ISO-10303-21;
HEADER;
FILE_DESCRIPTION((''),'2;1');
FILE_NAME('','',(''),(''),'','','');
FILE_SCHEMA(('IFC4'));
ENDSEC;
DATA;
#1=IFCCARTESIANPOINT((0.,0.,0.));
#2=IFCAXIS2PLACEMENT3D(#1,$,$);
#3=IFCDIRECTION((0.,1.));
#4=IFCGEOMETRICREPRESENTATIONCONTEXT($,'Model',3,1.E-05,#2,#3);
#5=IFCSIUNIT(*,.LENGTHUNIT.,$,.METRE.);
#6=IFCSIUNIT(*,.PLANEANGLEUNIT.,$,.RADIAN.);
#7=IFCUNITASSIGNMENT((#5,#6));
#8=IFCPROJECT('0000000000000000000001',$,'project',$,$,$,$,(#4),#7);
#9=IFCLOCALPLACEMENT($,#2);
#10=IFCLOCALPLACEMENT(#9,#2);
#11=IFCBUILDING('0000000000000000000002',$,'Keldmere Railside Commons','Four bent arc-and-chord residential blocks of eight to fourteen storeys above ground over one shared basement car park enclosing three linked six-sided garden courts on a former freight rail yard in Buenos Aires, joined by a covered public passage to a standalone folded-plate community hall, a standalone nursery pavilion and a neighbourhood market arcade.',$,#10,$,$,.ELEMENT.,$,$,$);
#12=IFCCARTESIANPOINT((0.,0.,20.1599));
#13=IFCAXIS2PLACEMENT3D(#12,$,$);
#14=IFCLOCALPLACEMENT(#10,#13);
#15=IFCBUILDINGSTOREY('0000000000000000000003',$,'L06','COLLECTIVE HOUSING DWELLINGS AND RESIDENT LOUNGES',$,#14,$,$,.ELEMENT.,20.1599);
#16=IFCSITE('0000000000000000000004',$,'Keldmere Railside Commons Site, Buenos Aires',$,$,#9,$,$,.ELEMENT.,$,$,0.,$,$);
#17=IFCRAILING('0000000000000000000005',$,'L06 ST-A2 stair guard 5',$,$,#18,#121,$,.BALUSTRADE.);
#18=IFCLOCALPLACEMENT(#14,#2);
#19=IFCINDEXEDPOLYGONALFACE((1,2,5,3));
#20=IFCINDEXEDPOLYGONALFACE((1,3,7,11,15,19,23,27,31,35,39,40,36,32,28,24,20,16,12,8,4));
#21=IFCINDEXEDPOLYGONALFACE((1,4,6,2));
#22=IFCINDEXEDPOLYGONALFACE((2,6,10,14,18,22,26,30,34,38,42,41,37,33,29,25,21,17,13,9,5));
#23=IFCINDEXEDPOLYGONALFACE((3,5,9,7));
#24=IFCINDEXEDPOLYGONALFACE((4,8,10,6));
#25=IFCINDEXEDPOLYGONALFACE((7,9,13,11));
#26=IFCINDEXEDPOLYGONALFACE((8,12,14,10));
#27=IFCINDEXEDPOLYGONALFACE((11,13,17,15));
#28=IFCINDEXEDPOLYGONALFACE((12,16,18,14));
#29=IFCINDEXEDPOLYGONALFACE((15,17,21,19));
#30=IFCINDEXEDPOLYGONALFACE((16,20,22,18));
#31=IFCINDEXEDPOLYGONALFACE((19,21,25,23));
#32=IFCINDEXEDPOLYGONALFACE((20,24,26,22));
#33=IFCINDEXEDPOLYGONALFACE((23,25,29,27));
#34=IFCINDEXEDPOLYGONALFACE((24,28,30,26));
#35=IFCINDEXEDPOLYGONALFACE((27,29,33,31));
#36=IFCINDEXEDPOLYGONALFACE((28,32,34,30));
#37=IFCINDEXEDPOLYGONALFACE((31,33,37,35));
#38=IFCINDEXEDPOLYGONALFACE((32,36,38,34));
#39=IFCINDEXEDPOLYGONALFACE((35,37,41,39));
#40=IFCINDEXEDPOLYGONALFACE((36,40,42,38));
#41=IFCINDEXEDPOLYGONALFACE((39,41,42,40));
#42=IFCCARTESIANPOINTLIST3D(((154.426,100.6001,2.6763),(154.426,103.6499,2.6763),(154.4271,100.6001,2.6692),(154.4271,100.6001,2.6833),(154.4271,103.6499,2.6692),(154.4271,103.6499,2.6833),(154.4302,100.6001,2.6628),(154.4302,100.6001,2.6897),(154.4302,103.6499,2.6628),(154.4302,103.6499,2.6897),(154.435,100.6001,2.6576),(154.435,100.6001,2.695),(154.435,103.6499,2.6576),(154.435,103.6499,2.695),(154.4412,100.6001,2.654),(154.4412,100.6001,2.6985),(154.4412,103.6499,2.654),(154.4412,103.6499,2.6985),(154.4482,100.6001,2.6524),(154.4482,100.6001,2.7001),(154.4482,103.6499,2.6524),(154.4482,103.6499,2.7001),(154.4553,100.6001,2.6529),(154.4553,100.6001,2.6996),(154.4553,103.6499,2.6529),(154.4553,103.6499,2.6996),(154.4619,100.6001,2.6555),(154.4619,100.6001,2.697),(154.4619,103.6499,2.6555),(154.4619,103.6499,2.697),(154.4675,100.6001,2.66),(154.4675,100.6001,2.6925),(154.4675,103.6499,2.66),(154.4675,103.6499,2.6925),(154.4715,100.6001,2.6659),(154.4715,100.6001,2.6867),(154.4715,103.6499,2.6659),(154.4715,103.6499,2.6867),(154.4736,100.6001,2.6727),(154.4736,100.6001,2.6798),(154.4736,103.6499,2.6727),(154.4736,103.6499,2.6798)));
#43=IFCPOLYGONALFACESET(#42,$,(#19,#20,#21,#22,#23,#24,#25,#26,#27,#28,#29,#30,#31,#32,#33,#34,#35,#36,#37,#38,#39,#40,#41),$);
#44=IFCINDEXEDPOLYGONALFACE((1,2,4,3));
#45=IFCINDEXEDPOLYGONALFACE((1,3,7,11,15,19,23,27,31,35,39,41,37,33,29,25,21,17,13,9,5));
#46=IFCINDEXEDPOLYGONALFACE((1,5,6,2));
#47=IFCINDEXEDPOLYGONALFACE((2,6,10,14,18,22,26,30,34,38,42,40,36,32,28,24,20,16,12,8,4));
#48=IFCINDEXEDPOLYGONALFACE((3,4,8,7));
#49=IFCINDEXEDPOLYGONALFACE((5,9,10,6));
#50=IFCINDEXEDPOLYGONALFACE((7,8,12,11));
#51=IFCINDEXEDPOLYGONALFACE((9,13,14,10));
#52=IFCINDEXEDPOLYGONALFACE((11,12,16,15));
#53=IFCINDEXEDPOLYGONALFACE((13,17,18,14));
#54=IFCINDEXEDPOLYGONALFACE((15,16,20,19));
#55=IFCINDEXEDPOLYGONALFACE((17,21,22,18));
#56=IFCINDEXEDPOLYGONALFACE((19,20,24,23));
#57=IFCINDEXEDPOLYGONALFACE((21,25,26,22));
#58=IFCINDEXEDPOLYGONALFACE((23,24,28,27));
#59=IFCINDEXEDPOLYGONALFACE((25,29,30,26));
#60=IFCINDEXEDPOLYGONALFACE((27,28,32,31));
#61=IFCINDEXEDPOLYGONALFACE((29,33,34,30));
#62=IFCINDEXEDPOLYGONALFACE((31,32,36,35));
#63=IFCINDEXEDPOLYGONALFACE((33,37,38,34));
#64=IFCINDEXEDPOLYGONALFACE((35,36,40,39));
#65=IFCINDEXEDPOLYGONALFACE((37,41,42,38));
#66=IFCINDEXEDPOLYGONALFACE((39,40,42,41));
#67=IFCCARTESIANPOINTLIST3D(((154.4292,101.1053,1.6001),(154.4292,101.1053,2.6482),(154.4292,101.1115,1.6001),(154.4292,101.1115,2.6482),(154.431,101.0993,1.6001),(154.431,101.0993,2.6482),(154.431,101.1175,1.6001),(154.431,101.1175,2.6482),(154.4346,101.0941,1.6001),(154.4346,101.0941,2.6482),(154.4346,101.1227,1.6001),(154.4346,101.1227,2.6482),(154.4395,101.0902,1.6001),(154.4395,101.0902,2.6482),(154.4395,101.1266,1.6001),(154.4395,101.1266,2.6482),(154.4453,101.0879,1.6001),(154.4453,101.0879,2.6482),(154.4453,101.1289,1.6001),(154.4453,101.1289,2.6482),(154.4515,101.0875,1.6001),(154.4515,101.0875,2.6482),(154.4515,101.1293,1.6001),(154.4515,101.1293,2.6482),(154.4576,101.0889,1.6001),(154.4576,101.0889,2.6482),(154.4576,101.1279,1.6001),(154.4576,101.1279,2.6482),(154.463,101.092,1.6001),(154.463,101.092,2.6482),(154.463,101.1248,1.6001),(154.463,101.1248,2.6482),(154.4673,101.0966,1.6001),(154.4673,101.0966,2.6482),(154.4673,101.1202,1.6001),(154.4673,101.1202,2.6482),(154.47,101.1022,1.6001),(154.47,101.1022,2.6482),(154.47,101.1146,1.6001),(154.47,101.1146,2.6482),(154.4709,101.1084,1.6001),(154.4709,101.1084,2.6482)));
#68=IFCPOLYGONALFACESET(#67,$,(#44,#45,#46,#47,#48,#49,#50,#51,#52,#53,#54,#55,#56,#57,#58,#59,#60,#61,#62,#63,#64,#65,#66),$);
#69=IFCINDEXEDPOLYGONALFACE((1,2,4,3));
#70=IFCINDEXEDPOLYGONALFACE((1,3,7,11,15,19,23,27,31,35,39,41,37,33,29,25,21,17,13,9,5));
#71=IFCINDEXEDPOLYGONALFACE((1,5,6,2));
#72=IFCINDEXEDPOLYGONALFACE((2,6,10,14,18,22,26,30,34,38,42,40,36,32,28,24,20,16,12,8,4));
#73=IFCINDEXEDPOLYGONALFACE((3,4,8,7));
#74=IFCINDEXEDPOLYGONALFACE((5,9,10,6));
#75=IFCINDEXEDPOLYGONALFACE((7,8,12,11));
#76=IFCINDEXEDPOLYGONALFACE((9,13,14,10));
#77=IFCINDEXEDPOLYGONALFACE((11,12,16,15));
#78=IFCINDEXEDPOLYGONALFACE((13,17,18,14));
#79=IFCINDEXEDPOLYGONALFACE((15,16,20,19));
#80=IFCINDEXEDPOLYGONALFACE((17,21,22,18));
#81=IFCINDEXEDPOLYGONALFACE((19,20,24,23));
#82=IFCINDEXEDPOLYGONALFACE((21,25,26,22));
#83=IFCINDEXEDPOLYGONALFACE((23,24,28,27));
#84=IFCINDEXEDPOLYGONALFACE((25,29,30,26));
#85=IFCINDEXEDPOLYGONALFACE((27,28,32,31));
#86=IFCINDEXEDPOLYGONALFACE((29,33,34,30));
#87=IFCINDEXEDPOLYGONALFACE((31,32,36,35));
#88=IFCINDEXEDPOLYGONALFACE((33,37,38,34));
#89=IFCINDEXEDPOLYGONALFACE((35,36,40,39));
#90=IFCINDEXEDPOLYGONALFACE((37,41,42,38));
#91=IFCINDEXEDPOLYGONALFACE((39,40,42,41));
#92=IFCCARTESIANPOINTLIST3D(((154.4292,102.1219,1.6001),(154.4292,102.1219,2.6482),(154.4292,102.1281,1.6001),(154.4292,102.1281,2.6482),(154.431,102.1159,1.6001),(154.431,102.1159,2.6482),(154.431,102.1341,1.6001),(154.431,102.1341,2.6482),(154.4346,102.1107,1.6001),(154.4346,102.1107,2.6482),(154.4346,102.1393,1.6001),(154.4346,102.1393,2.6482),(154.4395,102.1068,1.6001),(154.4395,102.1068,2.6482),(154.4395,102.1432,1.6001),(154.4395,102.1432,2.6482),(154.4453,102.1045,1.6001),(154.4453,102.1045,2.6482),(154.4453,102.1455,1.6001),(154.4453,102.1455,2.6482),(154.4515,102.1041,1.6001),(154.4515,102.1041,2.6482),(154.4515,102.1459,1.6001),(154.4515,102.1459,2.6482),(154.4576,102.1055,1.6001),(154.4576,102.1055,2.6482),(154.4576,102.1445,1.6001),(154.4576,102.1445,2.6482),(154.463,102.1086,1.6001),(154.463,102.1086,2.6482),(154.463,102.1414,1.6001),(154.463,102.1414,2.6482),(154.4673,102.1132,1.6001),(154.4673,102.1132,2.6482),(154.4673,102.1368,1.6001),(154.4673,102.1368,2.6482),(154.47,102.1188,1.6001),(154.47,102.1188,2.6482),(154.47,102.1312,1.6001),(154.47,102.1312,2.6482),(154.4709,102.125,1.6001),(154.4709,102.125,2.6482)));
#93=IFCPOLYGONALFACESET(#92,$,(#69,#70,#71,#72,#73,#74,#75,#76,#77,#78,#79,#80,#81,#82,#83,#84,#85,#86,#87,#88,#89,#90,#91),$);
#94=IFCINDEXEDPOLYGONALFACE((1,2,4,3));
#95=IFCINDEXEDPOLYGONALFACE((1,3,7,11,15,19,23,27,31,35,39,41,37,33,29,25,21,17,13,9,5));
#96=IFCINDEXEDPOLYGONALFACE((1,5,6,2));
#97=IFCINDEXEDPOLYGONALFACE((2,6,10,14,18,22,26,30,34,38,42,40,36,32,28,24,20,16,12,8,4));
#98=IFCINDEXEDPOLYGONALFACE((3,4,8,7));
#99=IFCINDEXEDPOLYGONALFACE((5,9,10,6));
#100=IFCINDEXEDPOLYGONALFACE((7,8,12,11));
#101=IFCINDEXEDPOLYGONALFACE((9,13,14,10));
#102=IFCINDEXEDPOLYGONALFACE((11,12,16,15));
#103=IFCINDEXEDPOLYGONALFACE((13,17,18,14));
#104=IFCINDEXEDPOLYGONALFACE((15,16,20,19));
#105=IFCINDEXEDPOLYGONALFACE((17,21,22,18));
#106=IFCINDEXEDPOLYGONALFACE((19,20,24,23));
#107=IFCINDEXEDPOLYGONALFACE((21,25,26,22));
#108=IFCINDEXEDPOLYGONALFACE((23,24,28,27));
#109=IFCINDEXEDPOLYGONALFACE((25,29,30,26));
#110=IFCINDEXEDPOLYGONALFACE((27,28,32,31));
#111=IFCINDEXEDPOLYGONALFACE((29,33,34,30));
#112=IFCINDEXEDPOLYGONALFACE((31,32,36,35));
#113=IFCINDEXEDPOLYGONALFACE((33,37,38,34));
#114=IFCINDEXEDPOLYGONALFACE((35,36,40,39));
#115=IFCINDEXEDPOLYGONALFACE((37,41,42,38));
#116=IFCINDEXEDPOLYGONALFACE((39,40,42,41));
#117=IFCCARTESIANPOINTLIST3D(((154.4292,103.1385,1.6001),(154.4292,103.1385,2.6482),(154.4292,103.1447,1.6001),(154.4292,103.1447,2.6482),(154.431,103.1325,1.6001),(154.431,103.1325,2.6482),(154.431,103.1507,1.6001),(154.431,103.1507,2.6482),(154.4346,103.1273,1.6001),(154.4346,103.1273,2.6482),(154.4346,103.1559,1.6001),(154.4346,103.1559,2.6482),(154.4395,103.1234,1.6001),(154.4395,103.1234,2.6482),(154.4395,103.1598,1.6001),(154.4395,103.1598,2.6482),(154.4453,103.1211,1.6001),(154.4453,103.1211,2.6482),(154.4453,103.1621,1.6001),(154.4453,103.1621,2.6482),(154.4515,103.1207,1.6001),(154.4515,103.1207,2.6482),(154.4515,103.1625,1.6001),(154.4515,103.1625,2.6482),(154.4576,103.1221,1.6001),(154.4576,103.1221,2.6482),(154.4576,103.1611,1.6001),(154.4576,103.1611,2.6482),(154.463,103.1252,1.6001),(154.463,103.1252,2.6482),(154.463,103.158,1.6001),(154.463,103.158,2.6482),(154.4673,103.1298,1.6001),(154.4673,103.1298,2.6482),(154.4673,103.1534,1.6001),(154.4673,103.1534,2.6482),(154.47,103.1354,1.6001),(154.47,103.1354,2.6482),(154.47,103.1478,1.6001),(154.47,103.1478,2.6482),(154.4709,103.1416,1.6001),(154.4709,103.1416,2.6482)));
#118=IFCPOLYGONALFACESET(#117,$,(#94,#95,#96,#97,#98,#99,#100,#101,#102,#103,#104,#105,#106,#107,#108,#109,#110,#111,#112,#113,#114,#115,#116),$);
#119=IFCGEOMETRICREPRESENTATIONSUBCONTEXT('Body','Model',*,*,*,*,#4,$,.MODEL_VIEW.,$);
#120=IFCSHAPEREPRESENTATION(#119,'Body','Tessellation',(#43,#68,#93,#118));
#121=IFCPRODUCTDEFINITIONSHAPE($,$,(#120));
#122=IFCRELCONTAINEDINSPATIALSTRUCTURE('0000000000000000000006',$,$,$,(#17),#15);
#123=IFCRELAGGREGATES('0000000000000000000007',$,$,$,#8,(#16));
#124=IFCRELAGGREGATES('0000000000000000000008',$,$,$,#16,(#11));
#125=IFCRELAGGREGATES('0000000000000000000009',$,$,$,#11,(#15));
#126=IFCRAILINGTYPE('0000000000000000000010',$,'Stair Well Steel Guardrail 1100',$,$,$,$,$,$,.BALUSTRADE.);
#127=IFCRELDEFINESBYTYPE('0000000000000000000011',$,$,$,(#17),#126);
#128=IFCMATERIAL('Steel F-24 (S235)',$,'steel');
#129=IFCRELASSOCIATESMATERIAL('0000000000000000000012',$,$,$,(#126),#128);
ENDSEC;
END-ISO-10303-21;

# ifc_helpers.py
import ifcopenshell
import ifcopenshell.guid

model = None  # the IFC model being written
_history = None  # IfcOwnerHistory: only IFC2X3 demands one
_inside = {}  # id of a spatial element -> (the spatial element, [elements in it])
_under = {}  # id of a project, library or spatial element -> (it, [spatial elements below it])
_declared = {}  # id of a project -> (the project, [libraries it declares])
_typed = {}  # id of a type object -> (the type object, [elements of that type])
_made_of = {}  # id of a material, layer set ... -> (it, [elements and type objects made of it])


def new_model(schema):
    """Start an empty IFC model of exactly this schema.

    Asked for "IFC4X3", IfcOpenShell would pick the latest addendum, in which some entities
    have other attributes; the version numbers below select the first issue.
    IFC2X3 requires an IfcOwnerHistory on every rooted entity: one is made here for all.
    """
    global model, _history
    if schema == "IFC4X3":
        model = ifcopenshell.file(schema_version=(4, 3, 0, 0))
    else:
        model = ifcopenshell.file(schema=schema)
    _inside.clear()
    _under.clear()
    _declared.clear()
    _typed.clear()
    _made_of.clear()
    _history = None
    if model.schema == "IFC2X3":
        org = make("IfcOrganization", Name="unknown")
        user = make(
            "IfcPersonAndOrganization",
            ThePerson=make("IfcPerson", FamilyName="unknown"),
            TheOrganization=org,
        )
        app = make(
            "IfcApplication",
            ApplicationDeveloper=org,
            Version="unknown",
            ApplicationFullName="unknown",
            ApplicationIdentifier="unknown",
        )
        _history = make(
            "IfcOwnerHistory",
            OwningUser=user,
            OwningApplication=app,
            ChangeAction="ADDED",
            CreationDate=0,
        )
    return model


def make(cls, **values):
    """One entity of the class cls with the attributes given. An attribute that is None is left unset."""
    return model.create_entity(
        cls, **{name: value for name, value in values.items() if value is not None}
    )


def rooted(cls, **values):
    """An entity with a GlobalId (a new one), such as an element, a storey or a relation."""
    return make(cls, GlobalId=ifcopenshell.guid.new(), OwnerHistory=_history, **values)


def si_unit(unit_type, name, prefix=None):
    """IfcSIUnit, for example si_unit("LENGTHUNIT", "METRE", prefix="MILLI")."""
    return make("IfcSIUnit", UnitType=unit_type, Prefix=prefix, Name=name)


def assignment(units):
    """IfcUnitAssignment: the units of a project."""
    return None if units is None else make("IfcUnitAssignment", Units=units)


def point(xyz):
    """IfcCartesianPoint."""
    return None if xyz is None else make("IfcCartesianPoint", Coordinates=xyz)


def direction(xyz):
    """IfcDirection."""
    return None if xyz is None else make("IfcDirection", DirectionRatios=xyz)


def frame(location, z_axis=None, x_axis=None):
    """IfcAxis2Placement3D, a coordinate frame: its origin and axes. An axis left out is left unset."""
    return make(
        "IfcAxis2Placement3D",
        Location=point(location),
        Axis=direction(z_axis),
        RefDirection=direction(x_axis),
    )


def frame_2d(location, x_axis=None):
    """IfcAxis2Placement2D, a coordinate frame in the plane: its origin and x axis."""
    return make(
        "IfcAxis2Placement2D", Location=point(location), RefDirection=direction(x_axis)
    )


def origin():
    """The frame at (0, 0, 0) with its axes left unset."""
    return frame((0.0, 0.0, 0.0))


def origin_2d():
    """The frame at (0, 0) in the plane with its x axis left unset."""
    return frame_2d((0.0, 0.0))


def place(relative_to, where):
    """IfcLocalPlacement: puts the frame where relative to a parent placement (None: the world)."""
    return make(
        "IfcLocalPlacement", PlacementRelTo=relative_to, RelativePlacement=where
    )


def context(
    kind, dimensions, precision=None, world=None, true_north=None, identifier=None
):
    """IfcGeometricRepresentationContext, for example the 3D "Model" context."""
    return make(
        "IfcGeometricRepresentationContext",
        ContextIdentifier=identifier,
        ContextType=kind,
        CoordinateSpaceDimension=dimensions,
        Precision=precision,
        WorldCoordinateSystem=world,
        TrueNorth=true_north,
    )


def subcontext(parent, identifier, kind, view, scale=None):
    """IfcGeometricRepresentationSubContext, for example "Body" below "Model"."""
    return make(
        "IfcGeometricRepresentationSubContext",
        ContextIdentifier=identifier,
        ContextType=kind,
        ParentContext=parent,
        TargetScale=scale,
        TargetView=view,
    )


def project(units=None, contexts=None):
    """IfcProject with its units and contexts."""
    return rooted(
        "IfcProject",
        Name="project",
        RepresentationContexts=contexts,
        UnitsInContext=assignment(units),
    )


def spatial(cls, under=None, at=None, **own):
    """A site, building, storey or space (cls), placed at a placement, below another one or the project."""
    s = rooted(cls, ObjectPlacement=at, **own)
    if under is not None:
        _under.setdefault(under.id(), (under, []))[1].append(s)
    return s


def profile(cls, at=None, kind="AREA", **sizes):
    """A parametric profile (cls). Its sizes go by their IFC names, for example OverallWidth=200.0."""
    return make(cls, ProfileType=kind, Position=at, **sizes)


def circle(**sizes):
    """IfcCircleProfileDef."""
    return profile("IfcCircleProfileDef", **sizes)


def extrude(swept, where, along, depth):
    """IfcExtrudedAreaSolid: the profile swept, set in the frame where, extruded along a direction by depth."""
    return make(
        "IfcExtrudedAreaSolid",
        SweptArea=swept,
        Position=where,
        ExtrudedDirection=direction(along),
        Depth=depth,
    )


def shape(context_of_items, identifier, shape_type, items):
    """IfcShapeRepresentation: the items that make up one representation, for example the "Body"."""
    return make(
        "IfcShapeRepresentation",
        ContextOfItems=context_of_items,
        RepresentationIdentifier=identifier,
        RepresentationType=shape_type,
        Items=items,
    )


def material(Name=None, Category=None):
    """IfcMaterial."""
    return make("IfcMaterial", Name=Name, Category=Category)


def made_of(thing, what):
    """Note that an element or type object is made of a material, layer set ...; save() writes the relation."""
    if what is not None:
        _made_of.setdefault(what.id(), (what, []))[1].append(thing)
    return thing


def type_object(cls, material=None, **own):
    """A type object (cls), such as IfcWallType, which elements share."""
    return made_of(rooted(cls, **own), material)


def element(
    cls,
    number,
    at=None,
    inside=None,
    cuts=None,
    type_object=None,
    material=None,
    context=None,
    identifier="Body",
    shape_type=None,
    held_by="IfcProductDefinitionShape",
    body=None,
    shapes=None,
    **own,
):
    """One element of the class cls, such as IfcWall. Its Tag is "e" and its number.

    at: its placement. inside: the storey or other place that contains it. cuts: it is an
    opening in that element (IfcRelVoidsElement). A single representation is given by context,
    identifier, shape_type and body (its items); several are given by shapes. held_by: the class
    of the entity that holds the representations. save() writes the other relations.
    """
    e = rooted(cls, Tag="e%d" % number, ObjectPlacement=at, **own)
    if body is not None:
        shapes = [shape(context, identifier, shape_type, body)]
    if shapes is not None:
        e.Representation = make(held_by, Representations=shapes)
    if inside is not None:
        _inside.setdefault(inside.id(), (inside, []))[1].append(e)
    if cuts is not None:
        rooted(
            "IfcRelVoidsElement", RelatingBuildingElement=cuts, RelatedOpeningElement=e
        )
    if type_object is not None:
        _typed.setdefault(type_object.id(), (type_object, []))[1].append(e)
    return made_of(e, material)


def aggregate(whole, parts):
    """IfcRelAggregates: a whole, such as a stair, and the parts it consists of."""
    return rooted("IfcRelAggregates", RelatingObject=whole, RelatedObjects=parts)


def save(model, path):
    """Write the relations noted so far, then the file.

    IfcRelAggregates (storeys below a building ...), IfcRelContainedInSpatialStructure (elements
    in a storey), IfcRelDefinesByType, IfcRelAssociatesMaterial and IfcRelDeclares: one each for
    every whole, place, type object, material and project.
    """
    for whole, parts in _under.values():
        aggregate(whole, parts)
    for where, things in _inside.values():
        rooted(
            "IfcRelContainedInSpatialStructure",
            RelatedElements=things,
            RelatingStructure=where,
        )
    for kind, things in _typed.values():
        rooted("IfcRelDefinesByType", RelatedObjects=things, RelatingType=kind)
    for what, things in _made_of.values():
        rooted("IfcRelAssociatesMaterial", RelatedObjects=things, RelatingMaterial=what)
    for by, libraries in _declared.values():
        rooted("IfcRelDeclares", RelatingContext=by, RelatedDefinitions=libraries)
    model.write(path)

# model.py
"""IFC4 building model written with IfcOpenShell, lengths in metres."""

from ifc_helpers import new_model, si_unit, direction, frame, origin, origin_2d, place, context, subcontext, project, spatial, circle, extrude, material, type_object, element, save


model = new_model("IFC4")

# Units and contexts
model_context = context("Model", 3, precision=1e-05, world=origin(), true_north=direction((0.0, 1.0)))
body_context = subcontext(model_context, "Body", "Model", "MODEL_VIEW")
ifc_project = project(units=[si_unit("LENGTHUNIT", "METRE"), si_unit("PLANEANGLEUNIT", "RADIAN")], contexts=[model_context])

# Site, building, storey
site_placement = place(None, origin())
site = spatial("IfcSite", under=ifc_project, at=site_placement, Name="Keldmere Railside Commons Site, Buenos Aires", CompositionType="ELEMENT", RefElevation=0.0)
building_placement = place(site_placement, origin())
building = spatial("IfcBuilding", under=site, at=building_placement, Name="Keldmere Railside Commons", Description="Four bent arc-and-chord residential blocks of eight to fourteen storeys above ground over one shared basement car park enclosing three linked six-sided garden courts on a former freight rail yard in Buenos Aires, joined by a covered public passage to a standalone folded-plate community hall, a standalone nursery pavilion and a neighbourhood market arcade.", CompositionType="ELEMENT")
storey_placement = place(building_placement, frame((0.0, 0.0, 20.1599)))
storey = spatial("IfcBuildingStorey", under=building, at=storey_placement, Name="L06", Description="COLLECTIVE HOUSING DWELLINGS AND RESIDENT LOUNGES", CompositionType="ELEMENT", Elevation=20.1599)

# Railing
ifc_material_1 = material(Name="Steel F-24 (S235)", Category="steel")
railing_type_1 = type_object("IfcRailingType", Name="Stair Well Steel Guardrail 1100", PredefinedType="BALUSTRADE", material=ifc_material_1)
railing_1_placement = place(storey_placement, frame((154.45, 100.6001, 1.6001)))
element("IfcRailing", 1, at=railing_1_placement, inside=storey, type_object=railing_type_1, Name="L06 ST-A2 stair guard 5", PredefinedType="BALUSTRADE", context=body_context, shape_type="SweptSolid", body=[
    extrude(circle(Radius=0.0239, at=origin_2d()), frame((0.0, 0.0, 1.0762), z_axis=(0.0, 1.0, 0.0), x_axis=(-1.0, 0.0, 0.0)), (0.0, 0.0, 1.0), 3.0498),
    extrude(circle(Radius=0.021, at=origin_2d()), frame((0.0, 0.5083, 0.0)), (0.0, 0.0, 1.0), 1.0481),
    extrude(circle(Radius=0.021, at=origin_2d()), frame((0.0, 1.5249, 0.0)), (0.0, 0.0, 1.0), 1.0481),
    extrude(circle(Radius=0.021, at=origin_2d()), frame((0.0, 2.5415, 0.0)), (0.0, 0.0, 1.0), 1.0481),
])

save(model, "model.ifc")
